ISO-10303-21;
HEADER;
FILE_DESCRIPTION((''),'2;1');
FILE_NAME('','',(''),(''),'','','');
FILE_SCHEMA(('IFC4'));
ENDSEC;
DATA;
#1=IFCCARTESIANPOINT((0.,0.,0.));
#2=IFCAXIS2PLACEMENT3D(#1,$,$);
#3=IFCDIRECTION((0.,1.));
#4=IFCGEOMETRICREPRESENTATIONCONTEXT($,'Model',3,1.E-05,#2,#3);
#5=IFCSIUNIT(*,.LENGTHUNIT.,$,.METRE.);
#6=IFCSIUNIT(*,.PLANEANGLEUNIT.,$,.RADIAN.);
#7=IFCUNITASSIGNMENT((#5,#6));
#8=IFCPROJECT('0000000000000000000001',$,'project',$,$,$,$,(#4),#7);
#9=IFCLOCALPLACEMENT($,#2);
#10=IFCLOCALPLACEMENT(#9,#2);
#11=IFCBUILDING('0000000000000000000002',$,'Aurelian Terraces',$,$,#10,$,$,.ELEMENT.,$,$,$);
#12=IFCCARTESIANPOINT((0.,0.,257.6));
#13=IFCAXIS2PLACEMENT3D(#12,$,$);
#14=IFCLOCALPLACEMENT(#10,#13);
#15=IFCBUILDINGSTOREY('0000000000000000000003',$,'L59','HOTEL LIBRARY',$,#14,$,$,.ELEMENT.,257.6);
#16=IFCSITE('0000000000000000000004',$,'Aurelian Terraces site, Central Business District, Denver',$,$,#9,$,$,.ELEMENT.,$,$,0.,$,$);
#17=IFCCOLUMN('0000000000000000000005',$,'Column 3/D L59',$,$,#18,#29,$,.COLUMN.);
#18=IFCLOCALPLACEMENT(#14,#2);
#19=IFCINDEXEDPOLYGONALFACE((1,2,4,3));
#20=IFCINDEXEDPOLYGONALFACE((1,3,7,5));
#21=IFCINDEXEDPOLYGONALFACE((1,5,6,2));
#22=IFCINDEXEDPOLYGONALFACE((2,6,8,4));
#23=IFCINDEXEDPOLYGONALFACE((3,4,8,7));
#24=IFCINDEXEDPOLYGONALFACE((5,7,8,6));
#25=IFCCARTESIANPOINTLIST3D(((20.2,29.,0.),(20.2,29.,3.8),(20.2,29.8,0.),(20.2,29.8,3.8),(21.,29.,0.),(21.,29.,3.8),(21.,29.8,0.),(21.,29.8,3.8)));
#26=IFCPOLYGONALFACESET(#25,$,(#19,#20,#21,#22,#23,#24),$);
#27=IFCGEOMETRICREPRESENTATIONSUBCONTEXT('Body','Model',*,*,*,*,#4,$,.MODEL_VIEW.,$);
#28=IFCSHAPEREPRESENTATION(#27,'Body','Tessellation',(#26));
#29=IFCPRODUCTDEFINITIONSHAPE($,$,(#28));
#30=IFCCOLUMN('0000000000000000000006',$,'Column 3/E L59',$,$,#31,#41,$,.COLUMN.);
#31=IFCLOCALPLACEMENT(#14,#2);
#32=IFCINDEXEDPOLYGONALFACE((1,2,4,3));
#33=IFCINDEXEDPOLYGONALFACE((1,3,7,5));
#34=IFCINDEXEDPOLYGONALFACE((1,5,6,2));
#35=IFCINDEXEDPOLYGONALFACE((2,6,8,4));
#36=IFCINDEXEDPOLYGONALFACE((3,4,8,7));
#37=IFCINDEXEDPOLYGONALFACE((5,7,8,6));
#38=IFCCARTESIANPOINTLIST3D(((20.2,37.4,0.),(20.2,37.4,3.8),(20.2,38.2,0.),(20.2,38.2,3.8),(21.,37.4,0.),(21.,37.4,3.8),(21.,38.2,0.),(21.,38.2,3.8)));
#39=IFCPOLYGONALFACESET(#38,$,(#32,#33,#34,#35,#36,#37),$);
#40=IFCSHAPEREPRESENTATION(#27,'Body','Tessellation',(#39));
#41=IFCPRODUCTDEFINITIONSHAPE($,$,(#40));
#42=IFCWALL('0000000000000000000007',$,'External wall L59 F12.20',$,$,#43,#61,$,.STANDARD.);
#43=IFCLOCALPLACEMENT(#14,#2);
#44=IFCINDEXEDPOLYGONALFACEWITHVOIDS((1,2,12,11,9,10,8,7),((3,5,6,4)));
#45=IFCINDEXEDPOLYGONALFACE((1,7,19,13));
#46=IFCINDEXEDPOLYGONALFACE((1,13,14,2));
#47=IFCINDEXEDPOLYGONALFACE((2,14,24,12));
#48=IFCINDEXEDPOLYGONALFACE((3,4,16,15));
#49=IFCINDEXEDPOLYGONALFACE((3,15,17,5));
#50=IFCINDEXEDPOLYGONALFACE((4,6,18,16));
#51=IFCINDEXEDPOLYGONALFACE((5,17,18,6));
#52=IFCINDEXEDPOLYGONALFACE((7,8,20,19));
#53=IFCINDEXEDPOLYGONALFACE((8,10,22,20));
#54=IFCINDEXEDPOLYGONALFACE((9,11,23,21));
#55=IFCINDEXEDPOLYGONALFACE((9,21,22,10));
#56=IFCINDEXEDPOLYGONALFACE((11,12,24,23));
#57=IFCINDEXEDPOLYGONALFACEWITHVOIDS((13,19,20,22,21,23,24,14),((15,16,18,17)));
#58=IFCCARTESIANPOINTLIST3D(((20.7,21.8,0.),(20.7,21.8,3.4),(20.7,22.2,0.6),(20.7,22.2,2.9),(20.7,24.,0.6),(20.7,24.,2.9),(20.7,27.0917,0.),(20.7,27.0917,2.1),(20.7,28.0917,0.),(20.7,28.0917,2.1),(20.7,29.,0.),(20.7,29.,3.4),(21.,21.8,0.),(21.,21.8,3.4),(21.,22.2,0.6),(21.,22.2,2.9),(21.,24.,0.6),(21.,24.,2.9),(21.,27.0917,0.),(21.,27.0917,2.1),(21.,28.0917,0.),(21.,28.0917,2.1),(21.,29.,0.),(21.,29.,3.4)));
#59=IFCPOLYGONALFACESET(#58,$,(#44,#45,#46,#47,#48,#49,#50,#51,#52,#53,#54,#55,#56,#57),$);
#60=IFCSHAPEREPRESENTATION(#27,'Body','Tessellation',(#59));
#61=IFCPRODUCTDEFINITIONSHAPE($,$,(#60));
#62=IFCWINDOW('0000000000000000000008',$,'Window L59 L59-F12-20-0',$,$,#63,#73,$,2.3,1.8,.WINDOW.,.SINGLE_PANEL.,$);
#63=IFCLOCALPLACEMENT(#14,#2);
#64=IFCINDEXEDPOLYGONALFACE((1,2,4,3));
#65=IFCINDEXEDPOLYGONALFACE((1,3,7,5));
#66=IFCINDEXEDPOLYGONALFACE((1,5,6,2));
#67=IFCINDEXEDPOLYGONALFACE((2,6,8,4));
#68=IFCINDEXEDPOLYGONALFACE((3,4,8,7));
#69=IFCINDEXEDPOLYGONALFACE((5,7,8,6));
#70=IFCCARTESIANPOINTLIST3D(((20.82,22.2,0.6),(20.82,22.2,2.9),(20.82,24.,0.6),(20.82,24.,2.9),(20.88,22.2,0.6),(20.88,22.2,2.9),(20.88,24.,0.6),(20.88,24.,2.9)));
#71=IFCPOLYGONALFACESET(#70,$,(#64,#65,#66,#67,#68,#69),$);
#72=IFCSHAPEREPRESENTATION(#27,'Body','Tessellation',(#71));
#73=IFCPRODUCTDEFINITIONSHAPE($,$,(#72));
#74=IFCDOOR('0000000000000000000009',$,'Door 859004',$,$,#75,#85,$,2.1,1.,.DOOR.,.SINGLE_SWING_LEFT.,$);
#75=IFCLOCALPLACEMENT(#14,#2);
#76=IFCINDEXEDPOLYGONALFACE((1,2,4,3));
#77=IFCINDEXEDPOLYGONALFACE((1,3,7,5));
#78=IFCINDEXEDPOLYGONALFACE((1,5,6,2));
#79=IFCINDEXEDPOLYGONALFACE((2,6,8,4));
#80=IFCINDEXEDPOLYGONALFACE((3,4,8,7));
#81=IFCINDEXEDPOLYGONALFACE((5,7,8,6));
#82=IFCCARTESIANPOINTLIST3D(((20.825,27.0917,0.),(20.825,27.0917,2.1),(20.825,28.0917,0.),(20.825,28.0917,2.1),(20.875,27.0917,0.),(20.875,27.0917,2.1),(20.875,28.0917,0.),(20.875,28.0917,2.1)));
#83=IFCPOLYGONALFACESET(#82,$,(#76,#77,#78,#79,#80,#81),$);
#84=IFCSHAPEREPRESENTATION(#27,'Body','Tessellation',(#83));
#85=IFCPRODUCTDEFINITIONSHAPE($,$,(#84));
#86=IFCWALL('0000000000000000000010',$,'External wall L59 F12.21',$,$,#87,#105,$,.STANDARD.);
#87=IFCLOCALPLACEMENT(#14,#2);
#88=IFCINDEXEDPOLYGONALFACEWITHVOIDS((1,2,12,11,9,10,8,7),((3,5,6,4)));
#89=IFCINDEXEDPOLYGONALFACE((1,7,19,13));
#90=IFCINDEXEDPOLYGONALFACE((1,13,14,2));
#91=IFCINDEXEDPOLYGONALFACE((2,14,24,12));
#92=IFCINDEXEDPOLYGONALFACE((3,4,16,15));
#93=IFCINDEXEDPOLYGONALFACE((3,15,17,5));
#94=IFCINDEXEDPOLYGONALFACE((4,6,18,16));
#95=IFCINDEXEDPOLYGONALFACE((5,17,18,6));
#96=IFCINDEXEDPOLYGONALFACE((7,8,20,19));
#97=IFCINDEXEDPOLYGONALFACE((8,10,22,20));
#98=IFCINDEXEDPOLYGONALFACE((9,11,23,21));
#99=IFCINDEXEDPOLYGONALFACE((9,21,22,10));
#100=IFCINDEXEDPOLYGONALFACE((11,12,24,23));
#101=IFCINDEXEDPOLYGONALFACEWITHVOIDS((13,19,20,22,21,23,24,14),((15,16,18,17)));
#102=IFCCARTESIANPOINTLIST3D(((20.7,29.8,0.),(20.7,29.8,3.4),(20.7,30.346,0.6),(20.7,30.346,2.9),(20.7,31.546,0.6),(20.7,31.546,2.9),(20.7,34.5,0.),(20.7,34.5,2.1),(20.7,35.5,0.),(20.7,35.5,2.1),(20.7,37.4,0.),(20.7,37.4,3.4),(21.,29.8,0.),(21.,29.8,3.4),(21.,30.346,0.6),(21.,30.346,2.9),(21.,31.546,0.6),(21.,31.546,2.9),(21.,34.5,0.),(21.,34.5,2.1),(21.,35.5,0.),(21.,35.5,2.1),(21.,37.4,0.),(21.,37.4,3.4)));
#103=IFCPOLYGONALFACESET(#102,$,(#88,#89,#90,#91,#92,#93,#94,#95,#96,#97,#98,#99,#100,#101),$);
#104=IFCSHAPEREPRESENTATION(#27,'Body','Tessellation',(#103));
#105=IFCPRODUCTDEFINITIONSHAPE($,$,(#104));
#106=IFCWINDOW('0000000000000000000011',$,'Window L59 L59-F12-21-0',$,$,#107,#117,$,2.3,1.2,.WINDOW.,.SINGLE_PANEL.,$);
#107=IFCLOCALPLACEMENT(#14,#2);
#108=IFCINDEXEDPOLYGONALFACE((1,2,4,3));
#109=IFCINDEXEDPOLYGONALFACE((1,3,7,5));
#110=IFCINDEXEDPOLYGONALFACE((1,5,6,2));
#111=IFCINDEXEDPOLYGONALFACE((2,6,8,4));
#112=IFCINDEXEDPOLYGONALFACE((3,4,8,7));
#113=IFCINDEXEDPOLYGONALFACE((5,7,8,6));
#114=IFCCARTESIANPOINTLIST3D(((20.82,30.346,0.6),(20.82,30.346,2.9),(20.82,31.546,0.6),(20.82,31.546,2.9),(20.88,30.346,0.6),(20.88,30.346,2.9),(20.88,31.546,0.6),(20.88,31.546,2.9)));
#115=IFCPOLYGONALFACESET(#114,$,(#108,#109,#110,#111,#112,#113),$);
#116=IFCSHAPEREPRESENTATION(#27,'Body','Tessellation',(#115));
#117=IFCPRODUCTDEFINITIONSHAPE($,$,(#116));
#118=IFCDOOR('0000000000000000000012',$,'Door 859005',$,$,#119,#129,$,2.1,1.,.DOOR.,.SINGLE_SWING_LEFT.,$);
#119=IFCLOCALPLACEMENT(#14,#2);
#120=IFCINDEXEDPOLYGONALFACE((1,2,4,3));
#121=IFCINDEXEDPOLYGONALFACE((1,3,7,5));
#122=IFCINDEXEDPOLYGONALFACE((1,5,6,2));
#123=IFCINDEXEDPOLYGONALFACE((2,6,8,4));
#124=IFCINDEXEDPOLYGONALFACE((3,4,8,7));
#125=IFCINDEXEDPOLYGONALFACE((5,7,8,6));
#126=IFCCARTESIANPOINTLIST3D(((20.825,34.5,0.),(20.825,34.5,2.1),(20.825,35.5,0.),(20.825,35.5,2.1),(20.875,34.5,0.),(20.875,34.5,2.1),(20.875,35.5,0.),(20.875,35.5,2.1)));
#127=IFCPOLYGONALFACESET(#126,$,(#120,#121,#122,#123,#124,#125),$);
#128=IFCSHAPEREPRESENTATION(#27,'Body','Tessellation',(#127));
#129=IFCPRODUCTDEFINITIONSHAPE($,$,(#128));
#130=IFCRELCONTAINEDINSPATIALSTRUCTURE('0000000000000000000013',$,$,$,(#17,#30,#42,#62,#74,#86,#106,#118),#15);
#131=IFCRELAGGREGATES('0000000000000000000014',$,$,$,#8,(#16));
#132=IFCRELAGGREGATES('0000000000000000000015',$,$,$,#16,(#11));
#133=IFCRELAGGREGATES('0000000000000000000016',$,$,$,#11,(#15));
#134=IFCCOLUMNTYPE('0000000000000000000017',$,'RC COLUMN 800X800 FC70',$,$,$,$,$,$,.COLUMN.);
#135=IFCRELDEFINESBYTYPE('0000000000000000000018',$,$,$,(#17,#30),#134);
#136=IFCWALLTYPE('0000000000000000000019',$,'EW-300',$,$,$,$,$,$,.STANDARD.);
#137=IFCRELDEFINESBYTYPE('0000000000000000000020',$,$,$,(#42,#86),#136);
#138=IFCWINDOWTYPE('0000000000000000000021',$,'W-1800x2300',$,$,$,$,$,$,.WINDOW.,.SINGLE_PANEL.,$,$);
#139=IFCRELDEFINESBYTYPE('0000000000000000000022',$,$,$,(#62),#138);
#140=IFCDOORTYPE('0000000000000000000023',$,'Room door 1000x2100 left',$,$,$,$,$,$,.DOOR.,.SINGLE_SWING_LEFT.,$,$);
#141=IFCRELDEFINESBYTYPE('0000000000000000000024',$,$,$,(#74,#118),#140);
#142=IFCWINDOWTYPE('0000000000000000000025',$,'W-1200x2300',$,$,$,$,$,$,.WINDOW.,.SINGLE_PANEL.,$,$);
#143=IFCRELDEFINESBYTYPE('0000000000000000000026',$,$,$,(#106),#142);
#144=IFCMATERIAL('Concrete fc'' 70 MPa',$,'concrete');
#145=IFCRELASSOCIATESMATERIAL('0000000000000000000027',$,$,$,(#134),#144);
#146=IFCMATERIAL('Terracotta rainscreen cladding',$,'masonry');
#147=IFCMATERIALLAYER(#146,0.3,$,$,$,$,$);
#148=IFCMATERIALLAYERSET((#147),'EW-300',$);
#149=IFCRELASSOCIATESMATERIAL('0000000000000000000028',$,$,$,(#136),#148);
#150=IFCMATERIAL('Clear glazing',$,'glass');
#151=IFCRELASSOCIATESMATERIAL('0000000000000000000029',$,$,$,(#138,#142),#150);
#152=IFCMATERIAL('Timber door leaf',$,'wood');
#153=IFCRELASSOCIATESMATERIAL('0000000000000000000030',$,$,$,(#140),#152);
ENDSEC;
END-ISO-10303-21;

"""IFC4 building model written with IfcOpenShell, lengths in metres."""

from ifc_helpers import new_model, si_unit, direction, frame, frame_2d, origin, origin_2d, place, context, subcontext, project, spatial, rectangle, extrude, source, transform, mapped, material, layer, layer_set, material_profile, profile_set, type_object, element, fill, save


model = new_model("IFC4")

# Units and contexts
model_context = context("Model", 3, precision=1e-05, world=origin(), true_north=direction((0.0, 1.0)))
body_context = subcontext(model_context, "Body", "Model", "MODEL_VIEW")
ifc_project = project(units=[si_unit("LENGTHUNIT", "METRE"), si_unit("PLANEANGLEUNIT", "RADIAN")], contexts=[model_context])

# Site, building, storey
site_placement = place(None, origin())
site = spatial("IfcSite", under=ifc_project, at=site_placement, Name="Aurelian Terraces site, Central Business District, Denver", CompositionType="ELEMENT", RefElevation=0.0)
building_placement = place(site_placement, origin())
building = spatial("IfcBuilding", under=site, at=building_placement, Name="Aurelian Terraces", CompositionType="ELEMENT")
storey_placement = place(building_placement, frame((0.0, 0.0, 257.6)))
storey = spatial("IfcBuildingStorey", under=building, at=storey_placement, Name="L59", Description="HOTEL LIBRARY", CompositionType="ELEMENT", Elevation=257.6)

# Columns
ifc_material_1 = material(Name="Concrete fc' 70 MPa", Category="concrete")
ifc_material_profile = material_profile(ifc_material_1, rectangle(XDim=0.8, YDim=0.8, at=origin_2d()))
ifc_profile_set = profile_set([ifc_material_profile], Name="Concrete fc' 70 MPa")
column_type = type_object("IfcColumnType", Name="RC COLUMN 800X800 FC70", PredefinedType="COLUMN", material=ifc_profile_set)
shared_shape_1 = source(origin(), body_context, "Body", "SweptSolid", [
    extrude(rectangle(XDim=0.8, YDim=0.8, at=origin_2d()), origin(), (0.0, 0.0, 1.0), 3.8),
])
for number, where, z_axis, x_axis, name in (
    (1, (20.6, 29.4, 0.0), (0.0, 0.0, 1.0), (1.0, 0.0, 0.0), "Column 3/D L59"),
    (2, (20.6, 37.8, 0.0), (0.0, 0.0, 1.0), (1.0, 0.0, 0.0), "Column 3/E L59"),
):
    element("IfcColumn", number, at=place(storey_placement, frame(where, z_axis=z_axis, x_axis=x_axis)), inside=storey, type_object=column_type, Name=name, PredefinedType="COLUMN", context=body_context, shape_type="MappedRepresentation", body=[
        mapped(shared_shape_1, transform((0.0, 0.0, 0.0), scale=1.0)),
    ])

# Walls, openings, windows, doors
ifc_material_2 = material(Name="Terracotta rainscreen cladding", Category="masonry")
ifc_layer_1 = layer(ifc_material_2, 0.3)
ifc_layer_set_1 = layer_set([ifc_layer_1], Name="EW-300")
wall_type_1 = type_object("IfcWallType", Name="EW-300", PredefinedType="STANDARD", material=ifc_layer_set_1)
shared_shape_2 = source(origin(), body_context, "Body", "SweptSolid", [
    extrude(rectangle(XDim=7.2, YDim=0.3, at=frame_2d((3.6, 0.0))), origin(), (0.0, 0.0, 1.0), 3.4),
])
wall_1_placement = place(storey_placement, frame((20.85, 21.8, 0.0), z_axis=(0.0, 0.0, 1.0), x_axis=(0.0, 1.0, 0.0)))
wall_1 = element("IfcWall", 3, at=wall_1_placement, inside=storey, type_object=wall_type_1, Name="External wall L59 F12.20", PredefinedType="STANDARD", context=body_context, shape_type="MappedRepresentation", body=[
    mapped(shared_shape_2, transform((0.0, 0.0, 0.0), scale=1.0)),
])
shared_shape_3 = source(origin(), body_context, "Body", "SweptSolid", [
    extrude(rectangle(XDim=1.8, YDim=2.3, at=frame_2d((0.9, 1.15))), frame((0.0, 0.16, 0.0), z_axis=(0.0, -1.0, 0.0), x_axis=(1.0, 0.0, 0.0)), (0.0, 0.0, 1.0), 0.32),
])
opening_1_placement = place(wall_1_placement, frame((0.4, 0.0, 0.6)))
opening_1 = element("IfcOpeningElement", 4, at=opening_1_placement, cuts=wall_1, PredefinedType="OPENING", context=body_context, shape_type="MappedRepresentation", body=[
    mapped(shared_shape_3, transform((0.0, 0.0, 0.0), scale=1.0)),
])
shared_shape_4 = source(origin(), body_context, "Body", "SweptSolid", [
    extrude(rectangle(XDim=1.0, YDim=2.1, at=frame_2d((0.5, 1.05))), frame((0.0, 0.16, 0.0), z_axis=(0.0, -1.0, 0.0), x_axis=(1.0, 0.0, 0.0)), (0.0, 0.0, 1.0), 0.32),
])
opening_2_placement = place(wall_1_placement, frame((5.2917, 0.0, 0.0)))
opening_2 = element("IfcOpeningElement", 5, at=opening_2_placement, cuts=wall_1, PredefinedType="OPENING", context=body_context, shape_type="MappedRepresentation", body=[
    mapped(shared_shape_4, transform((0.0, 0.0, 0.0), scale=1.0)),
])
ifc_material_3 = material(Name="Clear glazing", Category="glass")
window_type_1 = type_object("IfcWindowType", Name="W-1800x2300", PartitioningType="SINGLE_PANEL", PredefinedType="WINDOW", material=ifc_material_3)
shared_shape_5 = source(origin(), body_context, "Body", "SweptSolid", [
    extrude(rectangle(XDim=1.8, YDim=2.3, at=frame_2d((0.9, 1.15))), frame((0.0, 0.03, 0.0), z_axis=(0.0, -1.0, 0.0), x_axis=(1.0, 0.0, 0.0)), (0.0, 0.0, 1.0), 0.06),
])
window_1_placement = place(opening_1_placement, origin())
window_1 = element("IfcWindow", 6, at=window_1_placement, inside=storey, type_object=window_type_1, Name="Window L59 L59-F12-20-0", OverallHeight=2.3, OverallWidth=1.8, PartitioningType="SINGLE_PANEL", PredefinedType="WINDOW", context=body_context, shape_type="MappedRepresentation", body=[
    mapped(shared_shape_5, transform((0.0, 0.0, 0.0), scale=1.0)),
])
fill(opening_1, window_1)
ifc_material_4 = material(Name="Timber door leaf", Category="wood")
door_type_1 = type_object("IfcDoorType", Name="Room door 1000x2100 left", OperationType="SINGLE_SWING_LEFT", PredefinedType="DOOR", material=ifc_material_4)
shared_shape_6 = source(origin(), body_context, "Body", "SweptSolid", [
    extrude(rectangle(XDim=1.0, YDim=2.1, at=frame_2d((0.5, 1.05))), frame((0.0, 0.025, 0.0), z_axis=(0.0, -1.0, 0.0), x_axis=(1.0, 0.0, 0.0)), (0.0, 0.0, 1.0), 0.05),
])
door_1_placement = place(opening_2_placement, origin())
door_1 = element("IfcDoor", 7, at=door_1_placement, inside=storey, type_object=door_type_1, Name="Door 859004", OperationType="SINGLE_SWING_LEFT", OverallHeight=2.1, OverallWidth=1.0, PredefinedType="DOOR", context=body_context, shape_type="MappedRepresentation", body=[
    mapped(shared_shape_6, transform((0.0, 0.0, 0.0), scale=1.0)),
])
fill(opening_2, door_1)
shared_shape_7 = source(origin(), body_context, "Body", "SweptSolid", [
    extrude(rectangle(XDim=7.6, YDim=0.3, at=frame_2d((3.8, 0.0))), origin(), (0.0, 0.0, 1.0), 3.4),
])
wall_2_placement = place(storey_placement, frame((20.85, 29.8, 0.0), z_axis=(0.0, 0.0, 1.0), x_axis=(0.0, 1.0, 0.0)))
wall_2 = element("IfcWall", 8, at=wall_2_placement, inside=storey, type_object=wall_type_1, Name="External wall L59 F12.21", PredefinedType="STANDARD", context=body_context, shape_type="MappedRepresentation", body=[
    mapped(shared_shape_7, transform((0.0, 0.0, 0.0), scale=1.0)),
])
shared_shape_8 = source(origin(), body_context, "Body", "SweptSolid", [
    extrude(rectangle(XDim=1.2, YDim=2.3, at=frame_2d((0.6, 1.15))), frame((0.0, 0.16, 0.0), z_axis=(0.0, -1.0, 0.0), x_axis=(1.0, 0.0, 0.0)), (0.0, 0.0, 1.0), 0.32),
])
opening_3_placement = place(wall_2_placement, frame((0.546, 0.0, 0.6)))
opening_3 = element("IfcOpeningElement", 9, at=opening_3_placement, cuts=wall_2, PredefinedType="OPENING", context=body_context, shape_type="MappedRepresentation", body=[
    mapped(shared_shape_8, transform((0.0, 0.0, 0.0), scale=1.0)),
])
opening_4_placement = place(wall_2_placement, frame((4.7, 0.0, 0.0)))
opening_4 = element("IfcOpeningElement", 10, at=opening_4_placement, cuts=wall_2, PredefinedType="OPENING", context=body_context, shape_type="MappedRepresentation", body=[
    mapped(shared_shape_4, transform((0.0, 0.0, 0.0), scale=1.0)),
])
window_type_2 = type_object("IfcWindowType", Name="W-1200x2300", PartitioningType="SINGLE_PANEL", PredefinedType="WINDOW", material=ifc_material_3)
shared_shape_9 = source(origin(), body_context, "Body", "SweptSolid", [
    extrude(rectangle(XDim=1.2, YDim=2.3, at=frame_2d((0.6, 1.15))), frame((0.0, 0.03, 0.0), z_axis=(0.0, -1.0, 0.0), x_axis=(1.0, 0.0, 0.0)), (0.0, 0.0, 1.0), 0.06),
])
window_2_placement = place(opening_3_placement, origin())
window_2 = element("IfcWindow", 11, at=window_2_placement, inside=storey, type_object=window_type_2, Name="Window L59 L59-F12-21-0", OverallHeight=2.3, OverallWidth=1.2, PartitioningType="SINGLE_PANEL", PredefinedType="WINDOW", context=body_context, shape_type="MappedRepresentation", body=[
    mapped(shared_shape_9, transform((0.0, 0.0, 0.0), scale=1.0)),
])
fill(opening_3, window_2)
door_2_placement = place(opening_4_placement, origin())
door_2 = element("IfcDoor", 12, at=door_2_placement, inside=storey, type_object=door_type_1, Name="Door 859005", OperationType="SINGLE_SWING_LEFT", OverallHeight=2.1, OverallWidth=1.0, PredefinedType="DOOR", context=body_context, shape_type="MappedRepresentation", body=[
    mapped(shared_shape_6, transform((0.0, 0.0, 0.0), scale=1.0)),
])
fill(opening_4, door_2)

save(model, "model.ifc")
